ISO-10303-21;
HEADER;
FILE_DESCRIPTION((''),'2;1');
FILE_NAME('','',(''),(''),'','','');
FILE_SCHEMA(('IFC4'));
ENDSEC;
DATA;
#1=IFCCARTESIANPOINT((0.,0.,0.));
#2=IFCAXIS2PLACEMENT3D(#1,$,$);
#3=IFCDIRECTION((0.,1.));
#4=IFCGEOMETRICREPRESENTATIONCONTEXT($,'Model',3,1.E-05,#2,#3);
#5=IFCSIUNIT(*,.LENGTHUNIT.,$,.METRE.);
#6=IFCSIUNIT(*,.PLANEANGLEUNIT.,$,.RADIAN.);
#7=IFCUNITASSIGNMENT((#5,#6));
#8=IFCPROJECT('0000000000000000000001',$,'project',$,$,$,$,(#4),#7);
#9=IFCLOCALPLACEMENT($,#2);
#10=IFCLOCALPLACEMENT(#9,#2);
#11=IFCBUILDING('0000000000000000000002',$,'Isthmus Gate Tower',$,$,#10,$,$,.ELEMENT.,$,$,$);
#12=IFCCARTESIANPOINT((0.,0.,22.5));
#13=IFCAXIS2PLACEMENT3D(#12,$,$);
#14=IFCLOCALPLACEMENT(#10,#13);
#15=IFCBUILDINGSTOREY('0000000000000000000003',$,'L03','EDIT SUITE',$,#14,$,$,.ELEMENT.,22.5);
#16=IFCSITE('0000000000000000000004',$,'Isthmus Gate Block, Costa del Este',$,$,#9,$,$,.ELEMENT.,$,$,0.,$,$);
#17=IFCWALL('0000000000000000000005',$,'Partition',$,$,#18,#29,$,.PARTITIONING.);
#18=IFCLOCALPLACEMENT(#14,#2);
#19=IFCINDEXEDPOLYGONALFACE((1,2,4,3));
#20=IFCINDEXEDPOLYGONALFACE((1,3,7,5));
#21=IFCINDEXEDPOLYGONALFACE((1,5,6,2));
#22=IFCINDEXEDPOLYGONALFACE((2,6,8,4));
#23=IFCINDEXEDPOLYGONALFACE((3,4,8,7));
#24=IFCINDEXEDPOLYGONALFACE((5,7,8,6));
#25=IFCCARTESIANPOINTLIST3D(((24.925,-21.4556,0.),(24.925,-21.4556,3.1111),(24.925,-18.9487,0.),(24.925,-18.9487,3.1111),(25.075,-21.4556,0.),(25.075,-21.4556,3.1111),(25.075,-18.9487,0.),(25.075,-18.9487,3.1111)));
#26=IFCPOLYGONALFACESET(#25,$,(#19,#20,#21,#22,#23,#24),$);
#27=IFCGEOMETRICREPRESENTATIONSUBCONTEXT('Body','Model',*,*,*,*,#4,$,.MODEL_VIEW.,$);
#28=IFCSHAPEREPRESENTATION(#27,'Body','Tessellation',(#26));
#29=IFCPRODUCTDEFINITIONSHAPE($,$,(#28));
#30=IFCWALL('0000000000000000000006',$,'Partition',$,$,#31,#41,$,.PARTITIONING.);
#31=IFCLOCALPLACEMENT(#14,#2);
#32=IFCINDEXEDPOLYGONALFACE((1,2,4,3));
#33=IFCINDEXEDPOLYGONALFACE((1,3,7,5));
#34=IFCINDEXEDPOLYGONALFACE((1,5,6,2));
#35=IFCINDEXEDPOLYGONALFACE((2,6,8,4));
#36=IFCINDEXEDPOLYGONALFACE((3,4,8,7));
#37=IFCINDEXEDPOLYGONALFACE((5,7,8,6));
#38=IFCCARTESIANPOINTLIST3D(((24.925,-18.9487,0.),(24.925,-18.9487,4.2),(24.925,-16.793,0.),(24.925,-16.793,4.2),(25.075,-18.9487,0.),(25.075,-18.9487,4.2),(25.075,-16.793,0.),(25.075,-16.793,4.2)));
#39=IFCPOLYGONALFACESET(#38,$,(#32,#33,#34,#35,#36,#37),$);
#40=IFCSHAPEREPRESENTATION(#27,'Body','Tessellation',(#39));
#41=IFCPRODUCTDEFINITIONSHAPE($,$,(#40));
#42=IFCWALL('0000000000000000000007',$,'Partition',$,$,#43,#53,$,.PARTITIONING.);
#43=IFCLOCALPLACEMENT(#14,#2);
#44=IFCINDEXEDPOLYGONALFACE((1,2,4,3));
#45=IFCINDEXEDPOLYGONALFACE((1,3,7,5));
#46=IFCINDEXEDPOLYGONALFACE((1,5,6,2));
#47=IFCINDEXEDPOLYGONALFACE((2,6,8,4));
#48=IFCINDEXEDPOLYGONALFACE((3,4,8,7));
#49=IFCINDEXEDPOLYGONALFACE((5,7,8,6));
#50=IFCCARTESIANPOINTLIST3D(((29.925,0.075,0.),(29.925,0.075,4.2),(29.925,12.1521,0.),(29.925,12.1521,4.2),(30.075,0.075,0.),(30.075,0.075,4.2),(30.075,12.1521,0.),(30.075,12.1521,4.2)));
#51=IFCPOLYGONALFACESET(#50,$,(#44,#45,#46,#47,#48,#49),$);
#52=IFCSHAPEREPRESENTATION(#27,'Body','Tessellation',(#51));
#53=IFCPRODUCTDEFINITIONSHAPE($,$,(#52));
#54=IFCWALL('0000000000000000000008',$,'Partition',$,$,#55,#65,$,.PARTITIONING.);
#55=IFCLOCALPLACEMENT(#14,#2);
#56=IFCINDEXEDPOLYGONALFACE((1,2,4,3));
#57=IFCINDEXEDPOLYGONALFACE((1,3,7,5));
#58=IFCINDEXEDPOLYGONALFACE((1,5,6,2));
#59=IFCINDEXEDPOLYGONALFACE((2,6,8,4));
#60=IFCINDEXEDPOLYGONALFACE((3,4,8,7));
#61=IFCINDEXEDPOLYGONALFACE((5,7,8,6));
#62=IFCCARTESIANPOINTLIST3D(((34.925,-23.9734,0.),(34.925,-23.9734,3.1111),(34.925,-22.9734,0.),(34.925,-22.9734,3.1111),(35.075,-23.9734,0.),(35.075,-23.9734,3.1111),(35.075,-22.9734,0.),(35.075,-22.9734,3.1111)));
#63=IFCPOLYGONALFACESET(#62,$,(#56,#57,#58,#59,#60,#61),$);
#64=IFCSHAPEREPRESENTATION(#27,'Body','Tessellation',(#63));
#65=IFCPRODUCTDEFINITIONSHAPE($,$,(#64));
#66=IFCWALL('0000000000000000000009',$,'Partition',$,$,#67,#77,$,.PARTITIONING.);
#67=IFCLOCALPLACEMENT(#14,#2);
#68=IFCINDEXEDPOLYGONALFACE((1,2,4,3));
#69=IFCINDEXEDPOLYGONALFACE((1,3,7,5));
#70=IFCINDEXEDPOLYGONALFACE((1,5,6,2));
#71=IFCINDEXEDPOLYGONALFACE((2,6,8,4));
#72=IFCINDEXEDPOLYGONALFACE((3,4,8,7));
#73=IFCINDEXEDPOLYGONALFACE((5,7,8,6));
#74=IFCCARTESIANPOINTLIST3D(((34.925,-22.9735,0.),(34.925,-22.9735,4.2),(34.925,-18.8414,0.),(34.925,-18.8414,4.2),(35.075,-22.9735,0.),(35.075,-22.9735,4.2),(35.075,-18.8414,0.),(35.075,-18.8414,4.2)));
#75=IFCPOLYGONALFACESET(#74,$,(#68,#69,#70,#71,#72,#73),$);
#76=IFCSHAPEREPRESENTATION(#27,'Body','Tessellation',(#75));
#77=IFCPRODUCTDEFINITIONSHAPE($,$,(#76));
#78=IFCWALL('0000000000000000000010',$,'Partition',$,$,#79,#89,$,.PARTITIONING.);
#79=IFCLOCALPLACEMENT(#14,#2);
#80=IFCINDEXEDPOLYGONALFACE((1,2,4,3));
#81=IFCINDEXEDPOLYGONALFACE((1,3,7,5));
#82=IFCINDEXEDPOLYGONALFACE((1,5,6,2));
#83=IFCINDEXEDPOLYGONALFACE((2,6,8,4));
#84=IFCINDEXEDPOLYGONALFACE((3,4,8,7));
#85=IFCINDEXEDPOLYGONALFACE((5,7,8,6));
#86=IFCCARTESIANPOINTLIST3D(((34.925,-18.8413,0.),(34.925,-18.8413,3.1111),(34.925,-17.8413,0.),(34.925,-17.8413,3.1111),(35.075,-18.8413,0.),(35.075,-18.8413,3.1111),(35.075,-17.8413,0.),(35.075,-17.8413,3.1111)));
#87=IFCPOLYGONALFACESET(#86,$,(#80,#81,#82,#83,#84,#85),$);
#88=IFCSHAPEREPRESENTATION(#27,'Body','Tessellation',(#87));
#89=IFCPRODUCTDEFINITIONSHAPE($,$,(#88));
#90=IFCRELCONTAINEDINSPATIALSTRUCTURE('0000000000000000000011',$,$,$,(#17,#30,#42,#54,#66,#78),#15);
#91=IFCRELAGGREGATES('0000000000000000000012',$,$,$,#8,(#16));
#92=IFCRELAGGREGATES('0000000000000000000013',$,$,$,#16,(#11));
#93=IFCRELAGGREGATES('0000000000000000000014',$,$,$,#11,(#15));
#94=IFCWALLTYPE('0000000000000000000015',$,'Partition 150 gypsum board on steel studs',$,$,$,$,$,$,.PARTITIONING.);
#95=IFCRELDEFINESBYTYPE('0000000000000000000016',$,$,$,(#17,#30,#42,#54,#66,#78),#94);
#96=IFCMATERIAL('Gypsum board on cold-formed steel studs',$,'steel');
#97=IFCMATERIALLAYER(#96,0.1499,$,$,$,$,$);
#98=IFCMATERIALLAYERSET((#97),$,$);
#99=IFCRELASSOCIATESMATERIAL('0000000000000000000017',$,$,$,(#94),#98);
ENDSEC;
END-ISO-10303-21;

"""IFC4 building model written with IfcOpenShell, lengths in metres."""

from ifc_helpers import new_model, si_unit, direction, frame, frame_2d, origin, place, context, subcontext, project, spatial, rectangle, extrude, material, layer, layer_set, type_object, element, save


model = new_model("IFC4")

# Units and contexts
model_context = context("Model", 3, precision=1e-05, world=origin(), true_north=direction((0.0, 1.0)))
body_context = subcontext(model_context, "Body", "Model", "MODEL_VIEW")
ifc_project = project(units=[si_unit("LENGTHUNIT", "METRE"), si_unit("PLANEANGLEUNIT", "RADIAN")], contexts=[model_context])

# Site, building, storey
site_placement = place(None, origin())
site = spatial("IfcSite", under=ifc_project, at=site_placement, Name="Isthmus Gate Block, Costa del Este", CompositionType="ELEMENT", RefElevation=0.0)
building_placement = place(site_placement, origin())
building = spatial("IfcBuilding", under=site, at=building_placement, Name="Isthmus Gate Tower", CompositionType="ELEMENT")
storey_placement = place(building_placement, frame((0.0, 0.0, 22.5)))
storey = spatial("IfcBuildingStorey", under=building, at=storey_placement, Name="L03", Description="EDIT SUITE", CompositionType="ELEMENT", Elevation=22.5)

# Walls
ifc_material_1 = material(Name="Gypsum board on cold-formed steel studs", Category="steel")
ifc_layer = layer(ifc_material_1, 0.1499)
ifc_layer_set = layer_set([ifc_layer])
wall_type = type_object("IfcWallType", Name="Partition 150 gypsum board on steel studs", PredefinedType="PARTITIONING", material=ifc_layer_set)
wall_1_placement = place(storey_placement, frame((25.0, -21.4556, 0.0), z_axis=(0.0, 0.0, 1.0), x_axis=(0.0, 1.0, 0.0)))
element("IfcWall", 1, at=wall_1_placement, inside=storey, type_object=wall_type, Name="Partition", PredefinedType="PARTITIONING", context=body_context, shape_type="SweptSolid", body=[
    extrude(rectangle(XDim=2.5068, YDim=0.1499, at=frame_2d((1.2534, 0.0))), origin(), (0.0, 0.0, 1.0), 3.1111),
])
wall_2_placement = place(storey_placement, frame((25.0, -18.9487, 0.0), z_axis=(0.0, 0.0, 1.0), x_axis=(0.0, 1.0, 0.0)))
element("IfcWall", 2, at=wall_2_placement, inside=storey, type_object=wall_type, Name="Partition", PredefinedType="PARTITIONING", context=body_context, shape_type="SweptSolid", body=[
    extrude(rectangle(XDim=2.1558, YDim=0.1499, at=frame_2d((1.0779, 0.0))), origin(), (0.0, 0.0, 1.0), 4.2),
])
wall_3_placement = place(storey_placement, frame((30.0, 0.075, 0.0), z_axis=(0.0, 0.0, 1.0), x_axis=(0.0, 1.0, 0.0)))
element("IfcWall", 3, at=wall_3_placement, inside=storey, type_object=wall_type, Name="Partition", PredefinedType="PARTITIONING", context=body_context, shape_type="SweptSolid", body=[
    extrude(rectangle(XDim=12.0771, YDim=0.1499, at=frame_2d((6.0386, 0.0))), origin(), (0.0, 0.0, 1.0), 4.2),
])
wall_4_placement = place(storey_placement, frame((35.0, -23.9734, 0.0), z_axis=(0.0, 0.0, 1.0), x_axis=(0.0, 1.0, 0.0)))
element("IfcWall", 4, at=wall_4_placement, inside=storey, type_object=wall_type, Name="Partition", PredefinedType="PARTITIONING", context=body_context, shape_type="SweptSolid", body=[
    extrude(rectangle(XDim=1.0, YDim=0.1499, at=frame_2d((0.5, 0.0))), origin(), (0.0, 0.0, 1.0), 3.1111),
])
wall_5_placement = place(storey_placement, frame((35.0, -22.9734, 0.0), z_axis=(0.0, 0.0, 1.0), x_axis=(0.0, 1.0, 0.0)))
element("IfcWall", 5, at=wall_5_placement, inside=storey, type_object=wall_type, Name="Partition", PredefinedType="PARTITIONING", context=body_context, shape_type="SweptSolid", body=[
    extrude(rectangle(XDim=4.1321, YDim=0.1499, at=frame_2d((2.0659, 0.0))), origin(), (0.0, 0.0, 1.0), 4.2),
])
wall_6_placement = place(storey_placement, frame((35.0, -18.8413, 0.0), z_axis=(0.0, 0.0, 1.0), x_axis=(0.0, 1.0, 0.0)))
element("IfcWall", 6, at=wall_6_placement, inside=storey, type_object=wall_type, Name="Partition", PredefinedType="PARTITIONING", context=body_context, shape_type="SweptSolid", body=[
    extrude(rectangle(XDim=1.0, YDim=0.1499, at=frame_2d((0.5, 0.0))), origin(), (0.0, 0.0, 1.0), 3.1111),
])

save(model, "model.ifc")
